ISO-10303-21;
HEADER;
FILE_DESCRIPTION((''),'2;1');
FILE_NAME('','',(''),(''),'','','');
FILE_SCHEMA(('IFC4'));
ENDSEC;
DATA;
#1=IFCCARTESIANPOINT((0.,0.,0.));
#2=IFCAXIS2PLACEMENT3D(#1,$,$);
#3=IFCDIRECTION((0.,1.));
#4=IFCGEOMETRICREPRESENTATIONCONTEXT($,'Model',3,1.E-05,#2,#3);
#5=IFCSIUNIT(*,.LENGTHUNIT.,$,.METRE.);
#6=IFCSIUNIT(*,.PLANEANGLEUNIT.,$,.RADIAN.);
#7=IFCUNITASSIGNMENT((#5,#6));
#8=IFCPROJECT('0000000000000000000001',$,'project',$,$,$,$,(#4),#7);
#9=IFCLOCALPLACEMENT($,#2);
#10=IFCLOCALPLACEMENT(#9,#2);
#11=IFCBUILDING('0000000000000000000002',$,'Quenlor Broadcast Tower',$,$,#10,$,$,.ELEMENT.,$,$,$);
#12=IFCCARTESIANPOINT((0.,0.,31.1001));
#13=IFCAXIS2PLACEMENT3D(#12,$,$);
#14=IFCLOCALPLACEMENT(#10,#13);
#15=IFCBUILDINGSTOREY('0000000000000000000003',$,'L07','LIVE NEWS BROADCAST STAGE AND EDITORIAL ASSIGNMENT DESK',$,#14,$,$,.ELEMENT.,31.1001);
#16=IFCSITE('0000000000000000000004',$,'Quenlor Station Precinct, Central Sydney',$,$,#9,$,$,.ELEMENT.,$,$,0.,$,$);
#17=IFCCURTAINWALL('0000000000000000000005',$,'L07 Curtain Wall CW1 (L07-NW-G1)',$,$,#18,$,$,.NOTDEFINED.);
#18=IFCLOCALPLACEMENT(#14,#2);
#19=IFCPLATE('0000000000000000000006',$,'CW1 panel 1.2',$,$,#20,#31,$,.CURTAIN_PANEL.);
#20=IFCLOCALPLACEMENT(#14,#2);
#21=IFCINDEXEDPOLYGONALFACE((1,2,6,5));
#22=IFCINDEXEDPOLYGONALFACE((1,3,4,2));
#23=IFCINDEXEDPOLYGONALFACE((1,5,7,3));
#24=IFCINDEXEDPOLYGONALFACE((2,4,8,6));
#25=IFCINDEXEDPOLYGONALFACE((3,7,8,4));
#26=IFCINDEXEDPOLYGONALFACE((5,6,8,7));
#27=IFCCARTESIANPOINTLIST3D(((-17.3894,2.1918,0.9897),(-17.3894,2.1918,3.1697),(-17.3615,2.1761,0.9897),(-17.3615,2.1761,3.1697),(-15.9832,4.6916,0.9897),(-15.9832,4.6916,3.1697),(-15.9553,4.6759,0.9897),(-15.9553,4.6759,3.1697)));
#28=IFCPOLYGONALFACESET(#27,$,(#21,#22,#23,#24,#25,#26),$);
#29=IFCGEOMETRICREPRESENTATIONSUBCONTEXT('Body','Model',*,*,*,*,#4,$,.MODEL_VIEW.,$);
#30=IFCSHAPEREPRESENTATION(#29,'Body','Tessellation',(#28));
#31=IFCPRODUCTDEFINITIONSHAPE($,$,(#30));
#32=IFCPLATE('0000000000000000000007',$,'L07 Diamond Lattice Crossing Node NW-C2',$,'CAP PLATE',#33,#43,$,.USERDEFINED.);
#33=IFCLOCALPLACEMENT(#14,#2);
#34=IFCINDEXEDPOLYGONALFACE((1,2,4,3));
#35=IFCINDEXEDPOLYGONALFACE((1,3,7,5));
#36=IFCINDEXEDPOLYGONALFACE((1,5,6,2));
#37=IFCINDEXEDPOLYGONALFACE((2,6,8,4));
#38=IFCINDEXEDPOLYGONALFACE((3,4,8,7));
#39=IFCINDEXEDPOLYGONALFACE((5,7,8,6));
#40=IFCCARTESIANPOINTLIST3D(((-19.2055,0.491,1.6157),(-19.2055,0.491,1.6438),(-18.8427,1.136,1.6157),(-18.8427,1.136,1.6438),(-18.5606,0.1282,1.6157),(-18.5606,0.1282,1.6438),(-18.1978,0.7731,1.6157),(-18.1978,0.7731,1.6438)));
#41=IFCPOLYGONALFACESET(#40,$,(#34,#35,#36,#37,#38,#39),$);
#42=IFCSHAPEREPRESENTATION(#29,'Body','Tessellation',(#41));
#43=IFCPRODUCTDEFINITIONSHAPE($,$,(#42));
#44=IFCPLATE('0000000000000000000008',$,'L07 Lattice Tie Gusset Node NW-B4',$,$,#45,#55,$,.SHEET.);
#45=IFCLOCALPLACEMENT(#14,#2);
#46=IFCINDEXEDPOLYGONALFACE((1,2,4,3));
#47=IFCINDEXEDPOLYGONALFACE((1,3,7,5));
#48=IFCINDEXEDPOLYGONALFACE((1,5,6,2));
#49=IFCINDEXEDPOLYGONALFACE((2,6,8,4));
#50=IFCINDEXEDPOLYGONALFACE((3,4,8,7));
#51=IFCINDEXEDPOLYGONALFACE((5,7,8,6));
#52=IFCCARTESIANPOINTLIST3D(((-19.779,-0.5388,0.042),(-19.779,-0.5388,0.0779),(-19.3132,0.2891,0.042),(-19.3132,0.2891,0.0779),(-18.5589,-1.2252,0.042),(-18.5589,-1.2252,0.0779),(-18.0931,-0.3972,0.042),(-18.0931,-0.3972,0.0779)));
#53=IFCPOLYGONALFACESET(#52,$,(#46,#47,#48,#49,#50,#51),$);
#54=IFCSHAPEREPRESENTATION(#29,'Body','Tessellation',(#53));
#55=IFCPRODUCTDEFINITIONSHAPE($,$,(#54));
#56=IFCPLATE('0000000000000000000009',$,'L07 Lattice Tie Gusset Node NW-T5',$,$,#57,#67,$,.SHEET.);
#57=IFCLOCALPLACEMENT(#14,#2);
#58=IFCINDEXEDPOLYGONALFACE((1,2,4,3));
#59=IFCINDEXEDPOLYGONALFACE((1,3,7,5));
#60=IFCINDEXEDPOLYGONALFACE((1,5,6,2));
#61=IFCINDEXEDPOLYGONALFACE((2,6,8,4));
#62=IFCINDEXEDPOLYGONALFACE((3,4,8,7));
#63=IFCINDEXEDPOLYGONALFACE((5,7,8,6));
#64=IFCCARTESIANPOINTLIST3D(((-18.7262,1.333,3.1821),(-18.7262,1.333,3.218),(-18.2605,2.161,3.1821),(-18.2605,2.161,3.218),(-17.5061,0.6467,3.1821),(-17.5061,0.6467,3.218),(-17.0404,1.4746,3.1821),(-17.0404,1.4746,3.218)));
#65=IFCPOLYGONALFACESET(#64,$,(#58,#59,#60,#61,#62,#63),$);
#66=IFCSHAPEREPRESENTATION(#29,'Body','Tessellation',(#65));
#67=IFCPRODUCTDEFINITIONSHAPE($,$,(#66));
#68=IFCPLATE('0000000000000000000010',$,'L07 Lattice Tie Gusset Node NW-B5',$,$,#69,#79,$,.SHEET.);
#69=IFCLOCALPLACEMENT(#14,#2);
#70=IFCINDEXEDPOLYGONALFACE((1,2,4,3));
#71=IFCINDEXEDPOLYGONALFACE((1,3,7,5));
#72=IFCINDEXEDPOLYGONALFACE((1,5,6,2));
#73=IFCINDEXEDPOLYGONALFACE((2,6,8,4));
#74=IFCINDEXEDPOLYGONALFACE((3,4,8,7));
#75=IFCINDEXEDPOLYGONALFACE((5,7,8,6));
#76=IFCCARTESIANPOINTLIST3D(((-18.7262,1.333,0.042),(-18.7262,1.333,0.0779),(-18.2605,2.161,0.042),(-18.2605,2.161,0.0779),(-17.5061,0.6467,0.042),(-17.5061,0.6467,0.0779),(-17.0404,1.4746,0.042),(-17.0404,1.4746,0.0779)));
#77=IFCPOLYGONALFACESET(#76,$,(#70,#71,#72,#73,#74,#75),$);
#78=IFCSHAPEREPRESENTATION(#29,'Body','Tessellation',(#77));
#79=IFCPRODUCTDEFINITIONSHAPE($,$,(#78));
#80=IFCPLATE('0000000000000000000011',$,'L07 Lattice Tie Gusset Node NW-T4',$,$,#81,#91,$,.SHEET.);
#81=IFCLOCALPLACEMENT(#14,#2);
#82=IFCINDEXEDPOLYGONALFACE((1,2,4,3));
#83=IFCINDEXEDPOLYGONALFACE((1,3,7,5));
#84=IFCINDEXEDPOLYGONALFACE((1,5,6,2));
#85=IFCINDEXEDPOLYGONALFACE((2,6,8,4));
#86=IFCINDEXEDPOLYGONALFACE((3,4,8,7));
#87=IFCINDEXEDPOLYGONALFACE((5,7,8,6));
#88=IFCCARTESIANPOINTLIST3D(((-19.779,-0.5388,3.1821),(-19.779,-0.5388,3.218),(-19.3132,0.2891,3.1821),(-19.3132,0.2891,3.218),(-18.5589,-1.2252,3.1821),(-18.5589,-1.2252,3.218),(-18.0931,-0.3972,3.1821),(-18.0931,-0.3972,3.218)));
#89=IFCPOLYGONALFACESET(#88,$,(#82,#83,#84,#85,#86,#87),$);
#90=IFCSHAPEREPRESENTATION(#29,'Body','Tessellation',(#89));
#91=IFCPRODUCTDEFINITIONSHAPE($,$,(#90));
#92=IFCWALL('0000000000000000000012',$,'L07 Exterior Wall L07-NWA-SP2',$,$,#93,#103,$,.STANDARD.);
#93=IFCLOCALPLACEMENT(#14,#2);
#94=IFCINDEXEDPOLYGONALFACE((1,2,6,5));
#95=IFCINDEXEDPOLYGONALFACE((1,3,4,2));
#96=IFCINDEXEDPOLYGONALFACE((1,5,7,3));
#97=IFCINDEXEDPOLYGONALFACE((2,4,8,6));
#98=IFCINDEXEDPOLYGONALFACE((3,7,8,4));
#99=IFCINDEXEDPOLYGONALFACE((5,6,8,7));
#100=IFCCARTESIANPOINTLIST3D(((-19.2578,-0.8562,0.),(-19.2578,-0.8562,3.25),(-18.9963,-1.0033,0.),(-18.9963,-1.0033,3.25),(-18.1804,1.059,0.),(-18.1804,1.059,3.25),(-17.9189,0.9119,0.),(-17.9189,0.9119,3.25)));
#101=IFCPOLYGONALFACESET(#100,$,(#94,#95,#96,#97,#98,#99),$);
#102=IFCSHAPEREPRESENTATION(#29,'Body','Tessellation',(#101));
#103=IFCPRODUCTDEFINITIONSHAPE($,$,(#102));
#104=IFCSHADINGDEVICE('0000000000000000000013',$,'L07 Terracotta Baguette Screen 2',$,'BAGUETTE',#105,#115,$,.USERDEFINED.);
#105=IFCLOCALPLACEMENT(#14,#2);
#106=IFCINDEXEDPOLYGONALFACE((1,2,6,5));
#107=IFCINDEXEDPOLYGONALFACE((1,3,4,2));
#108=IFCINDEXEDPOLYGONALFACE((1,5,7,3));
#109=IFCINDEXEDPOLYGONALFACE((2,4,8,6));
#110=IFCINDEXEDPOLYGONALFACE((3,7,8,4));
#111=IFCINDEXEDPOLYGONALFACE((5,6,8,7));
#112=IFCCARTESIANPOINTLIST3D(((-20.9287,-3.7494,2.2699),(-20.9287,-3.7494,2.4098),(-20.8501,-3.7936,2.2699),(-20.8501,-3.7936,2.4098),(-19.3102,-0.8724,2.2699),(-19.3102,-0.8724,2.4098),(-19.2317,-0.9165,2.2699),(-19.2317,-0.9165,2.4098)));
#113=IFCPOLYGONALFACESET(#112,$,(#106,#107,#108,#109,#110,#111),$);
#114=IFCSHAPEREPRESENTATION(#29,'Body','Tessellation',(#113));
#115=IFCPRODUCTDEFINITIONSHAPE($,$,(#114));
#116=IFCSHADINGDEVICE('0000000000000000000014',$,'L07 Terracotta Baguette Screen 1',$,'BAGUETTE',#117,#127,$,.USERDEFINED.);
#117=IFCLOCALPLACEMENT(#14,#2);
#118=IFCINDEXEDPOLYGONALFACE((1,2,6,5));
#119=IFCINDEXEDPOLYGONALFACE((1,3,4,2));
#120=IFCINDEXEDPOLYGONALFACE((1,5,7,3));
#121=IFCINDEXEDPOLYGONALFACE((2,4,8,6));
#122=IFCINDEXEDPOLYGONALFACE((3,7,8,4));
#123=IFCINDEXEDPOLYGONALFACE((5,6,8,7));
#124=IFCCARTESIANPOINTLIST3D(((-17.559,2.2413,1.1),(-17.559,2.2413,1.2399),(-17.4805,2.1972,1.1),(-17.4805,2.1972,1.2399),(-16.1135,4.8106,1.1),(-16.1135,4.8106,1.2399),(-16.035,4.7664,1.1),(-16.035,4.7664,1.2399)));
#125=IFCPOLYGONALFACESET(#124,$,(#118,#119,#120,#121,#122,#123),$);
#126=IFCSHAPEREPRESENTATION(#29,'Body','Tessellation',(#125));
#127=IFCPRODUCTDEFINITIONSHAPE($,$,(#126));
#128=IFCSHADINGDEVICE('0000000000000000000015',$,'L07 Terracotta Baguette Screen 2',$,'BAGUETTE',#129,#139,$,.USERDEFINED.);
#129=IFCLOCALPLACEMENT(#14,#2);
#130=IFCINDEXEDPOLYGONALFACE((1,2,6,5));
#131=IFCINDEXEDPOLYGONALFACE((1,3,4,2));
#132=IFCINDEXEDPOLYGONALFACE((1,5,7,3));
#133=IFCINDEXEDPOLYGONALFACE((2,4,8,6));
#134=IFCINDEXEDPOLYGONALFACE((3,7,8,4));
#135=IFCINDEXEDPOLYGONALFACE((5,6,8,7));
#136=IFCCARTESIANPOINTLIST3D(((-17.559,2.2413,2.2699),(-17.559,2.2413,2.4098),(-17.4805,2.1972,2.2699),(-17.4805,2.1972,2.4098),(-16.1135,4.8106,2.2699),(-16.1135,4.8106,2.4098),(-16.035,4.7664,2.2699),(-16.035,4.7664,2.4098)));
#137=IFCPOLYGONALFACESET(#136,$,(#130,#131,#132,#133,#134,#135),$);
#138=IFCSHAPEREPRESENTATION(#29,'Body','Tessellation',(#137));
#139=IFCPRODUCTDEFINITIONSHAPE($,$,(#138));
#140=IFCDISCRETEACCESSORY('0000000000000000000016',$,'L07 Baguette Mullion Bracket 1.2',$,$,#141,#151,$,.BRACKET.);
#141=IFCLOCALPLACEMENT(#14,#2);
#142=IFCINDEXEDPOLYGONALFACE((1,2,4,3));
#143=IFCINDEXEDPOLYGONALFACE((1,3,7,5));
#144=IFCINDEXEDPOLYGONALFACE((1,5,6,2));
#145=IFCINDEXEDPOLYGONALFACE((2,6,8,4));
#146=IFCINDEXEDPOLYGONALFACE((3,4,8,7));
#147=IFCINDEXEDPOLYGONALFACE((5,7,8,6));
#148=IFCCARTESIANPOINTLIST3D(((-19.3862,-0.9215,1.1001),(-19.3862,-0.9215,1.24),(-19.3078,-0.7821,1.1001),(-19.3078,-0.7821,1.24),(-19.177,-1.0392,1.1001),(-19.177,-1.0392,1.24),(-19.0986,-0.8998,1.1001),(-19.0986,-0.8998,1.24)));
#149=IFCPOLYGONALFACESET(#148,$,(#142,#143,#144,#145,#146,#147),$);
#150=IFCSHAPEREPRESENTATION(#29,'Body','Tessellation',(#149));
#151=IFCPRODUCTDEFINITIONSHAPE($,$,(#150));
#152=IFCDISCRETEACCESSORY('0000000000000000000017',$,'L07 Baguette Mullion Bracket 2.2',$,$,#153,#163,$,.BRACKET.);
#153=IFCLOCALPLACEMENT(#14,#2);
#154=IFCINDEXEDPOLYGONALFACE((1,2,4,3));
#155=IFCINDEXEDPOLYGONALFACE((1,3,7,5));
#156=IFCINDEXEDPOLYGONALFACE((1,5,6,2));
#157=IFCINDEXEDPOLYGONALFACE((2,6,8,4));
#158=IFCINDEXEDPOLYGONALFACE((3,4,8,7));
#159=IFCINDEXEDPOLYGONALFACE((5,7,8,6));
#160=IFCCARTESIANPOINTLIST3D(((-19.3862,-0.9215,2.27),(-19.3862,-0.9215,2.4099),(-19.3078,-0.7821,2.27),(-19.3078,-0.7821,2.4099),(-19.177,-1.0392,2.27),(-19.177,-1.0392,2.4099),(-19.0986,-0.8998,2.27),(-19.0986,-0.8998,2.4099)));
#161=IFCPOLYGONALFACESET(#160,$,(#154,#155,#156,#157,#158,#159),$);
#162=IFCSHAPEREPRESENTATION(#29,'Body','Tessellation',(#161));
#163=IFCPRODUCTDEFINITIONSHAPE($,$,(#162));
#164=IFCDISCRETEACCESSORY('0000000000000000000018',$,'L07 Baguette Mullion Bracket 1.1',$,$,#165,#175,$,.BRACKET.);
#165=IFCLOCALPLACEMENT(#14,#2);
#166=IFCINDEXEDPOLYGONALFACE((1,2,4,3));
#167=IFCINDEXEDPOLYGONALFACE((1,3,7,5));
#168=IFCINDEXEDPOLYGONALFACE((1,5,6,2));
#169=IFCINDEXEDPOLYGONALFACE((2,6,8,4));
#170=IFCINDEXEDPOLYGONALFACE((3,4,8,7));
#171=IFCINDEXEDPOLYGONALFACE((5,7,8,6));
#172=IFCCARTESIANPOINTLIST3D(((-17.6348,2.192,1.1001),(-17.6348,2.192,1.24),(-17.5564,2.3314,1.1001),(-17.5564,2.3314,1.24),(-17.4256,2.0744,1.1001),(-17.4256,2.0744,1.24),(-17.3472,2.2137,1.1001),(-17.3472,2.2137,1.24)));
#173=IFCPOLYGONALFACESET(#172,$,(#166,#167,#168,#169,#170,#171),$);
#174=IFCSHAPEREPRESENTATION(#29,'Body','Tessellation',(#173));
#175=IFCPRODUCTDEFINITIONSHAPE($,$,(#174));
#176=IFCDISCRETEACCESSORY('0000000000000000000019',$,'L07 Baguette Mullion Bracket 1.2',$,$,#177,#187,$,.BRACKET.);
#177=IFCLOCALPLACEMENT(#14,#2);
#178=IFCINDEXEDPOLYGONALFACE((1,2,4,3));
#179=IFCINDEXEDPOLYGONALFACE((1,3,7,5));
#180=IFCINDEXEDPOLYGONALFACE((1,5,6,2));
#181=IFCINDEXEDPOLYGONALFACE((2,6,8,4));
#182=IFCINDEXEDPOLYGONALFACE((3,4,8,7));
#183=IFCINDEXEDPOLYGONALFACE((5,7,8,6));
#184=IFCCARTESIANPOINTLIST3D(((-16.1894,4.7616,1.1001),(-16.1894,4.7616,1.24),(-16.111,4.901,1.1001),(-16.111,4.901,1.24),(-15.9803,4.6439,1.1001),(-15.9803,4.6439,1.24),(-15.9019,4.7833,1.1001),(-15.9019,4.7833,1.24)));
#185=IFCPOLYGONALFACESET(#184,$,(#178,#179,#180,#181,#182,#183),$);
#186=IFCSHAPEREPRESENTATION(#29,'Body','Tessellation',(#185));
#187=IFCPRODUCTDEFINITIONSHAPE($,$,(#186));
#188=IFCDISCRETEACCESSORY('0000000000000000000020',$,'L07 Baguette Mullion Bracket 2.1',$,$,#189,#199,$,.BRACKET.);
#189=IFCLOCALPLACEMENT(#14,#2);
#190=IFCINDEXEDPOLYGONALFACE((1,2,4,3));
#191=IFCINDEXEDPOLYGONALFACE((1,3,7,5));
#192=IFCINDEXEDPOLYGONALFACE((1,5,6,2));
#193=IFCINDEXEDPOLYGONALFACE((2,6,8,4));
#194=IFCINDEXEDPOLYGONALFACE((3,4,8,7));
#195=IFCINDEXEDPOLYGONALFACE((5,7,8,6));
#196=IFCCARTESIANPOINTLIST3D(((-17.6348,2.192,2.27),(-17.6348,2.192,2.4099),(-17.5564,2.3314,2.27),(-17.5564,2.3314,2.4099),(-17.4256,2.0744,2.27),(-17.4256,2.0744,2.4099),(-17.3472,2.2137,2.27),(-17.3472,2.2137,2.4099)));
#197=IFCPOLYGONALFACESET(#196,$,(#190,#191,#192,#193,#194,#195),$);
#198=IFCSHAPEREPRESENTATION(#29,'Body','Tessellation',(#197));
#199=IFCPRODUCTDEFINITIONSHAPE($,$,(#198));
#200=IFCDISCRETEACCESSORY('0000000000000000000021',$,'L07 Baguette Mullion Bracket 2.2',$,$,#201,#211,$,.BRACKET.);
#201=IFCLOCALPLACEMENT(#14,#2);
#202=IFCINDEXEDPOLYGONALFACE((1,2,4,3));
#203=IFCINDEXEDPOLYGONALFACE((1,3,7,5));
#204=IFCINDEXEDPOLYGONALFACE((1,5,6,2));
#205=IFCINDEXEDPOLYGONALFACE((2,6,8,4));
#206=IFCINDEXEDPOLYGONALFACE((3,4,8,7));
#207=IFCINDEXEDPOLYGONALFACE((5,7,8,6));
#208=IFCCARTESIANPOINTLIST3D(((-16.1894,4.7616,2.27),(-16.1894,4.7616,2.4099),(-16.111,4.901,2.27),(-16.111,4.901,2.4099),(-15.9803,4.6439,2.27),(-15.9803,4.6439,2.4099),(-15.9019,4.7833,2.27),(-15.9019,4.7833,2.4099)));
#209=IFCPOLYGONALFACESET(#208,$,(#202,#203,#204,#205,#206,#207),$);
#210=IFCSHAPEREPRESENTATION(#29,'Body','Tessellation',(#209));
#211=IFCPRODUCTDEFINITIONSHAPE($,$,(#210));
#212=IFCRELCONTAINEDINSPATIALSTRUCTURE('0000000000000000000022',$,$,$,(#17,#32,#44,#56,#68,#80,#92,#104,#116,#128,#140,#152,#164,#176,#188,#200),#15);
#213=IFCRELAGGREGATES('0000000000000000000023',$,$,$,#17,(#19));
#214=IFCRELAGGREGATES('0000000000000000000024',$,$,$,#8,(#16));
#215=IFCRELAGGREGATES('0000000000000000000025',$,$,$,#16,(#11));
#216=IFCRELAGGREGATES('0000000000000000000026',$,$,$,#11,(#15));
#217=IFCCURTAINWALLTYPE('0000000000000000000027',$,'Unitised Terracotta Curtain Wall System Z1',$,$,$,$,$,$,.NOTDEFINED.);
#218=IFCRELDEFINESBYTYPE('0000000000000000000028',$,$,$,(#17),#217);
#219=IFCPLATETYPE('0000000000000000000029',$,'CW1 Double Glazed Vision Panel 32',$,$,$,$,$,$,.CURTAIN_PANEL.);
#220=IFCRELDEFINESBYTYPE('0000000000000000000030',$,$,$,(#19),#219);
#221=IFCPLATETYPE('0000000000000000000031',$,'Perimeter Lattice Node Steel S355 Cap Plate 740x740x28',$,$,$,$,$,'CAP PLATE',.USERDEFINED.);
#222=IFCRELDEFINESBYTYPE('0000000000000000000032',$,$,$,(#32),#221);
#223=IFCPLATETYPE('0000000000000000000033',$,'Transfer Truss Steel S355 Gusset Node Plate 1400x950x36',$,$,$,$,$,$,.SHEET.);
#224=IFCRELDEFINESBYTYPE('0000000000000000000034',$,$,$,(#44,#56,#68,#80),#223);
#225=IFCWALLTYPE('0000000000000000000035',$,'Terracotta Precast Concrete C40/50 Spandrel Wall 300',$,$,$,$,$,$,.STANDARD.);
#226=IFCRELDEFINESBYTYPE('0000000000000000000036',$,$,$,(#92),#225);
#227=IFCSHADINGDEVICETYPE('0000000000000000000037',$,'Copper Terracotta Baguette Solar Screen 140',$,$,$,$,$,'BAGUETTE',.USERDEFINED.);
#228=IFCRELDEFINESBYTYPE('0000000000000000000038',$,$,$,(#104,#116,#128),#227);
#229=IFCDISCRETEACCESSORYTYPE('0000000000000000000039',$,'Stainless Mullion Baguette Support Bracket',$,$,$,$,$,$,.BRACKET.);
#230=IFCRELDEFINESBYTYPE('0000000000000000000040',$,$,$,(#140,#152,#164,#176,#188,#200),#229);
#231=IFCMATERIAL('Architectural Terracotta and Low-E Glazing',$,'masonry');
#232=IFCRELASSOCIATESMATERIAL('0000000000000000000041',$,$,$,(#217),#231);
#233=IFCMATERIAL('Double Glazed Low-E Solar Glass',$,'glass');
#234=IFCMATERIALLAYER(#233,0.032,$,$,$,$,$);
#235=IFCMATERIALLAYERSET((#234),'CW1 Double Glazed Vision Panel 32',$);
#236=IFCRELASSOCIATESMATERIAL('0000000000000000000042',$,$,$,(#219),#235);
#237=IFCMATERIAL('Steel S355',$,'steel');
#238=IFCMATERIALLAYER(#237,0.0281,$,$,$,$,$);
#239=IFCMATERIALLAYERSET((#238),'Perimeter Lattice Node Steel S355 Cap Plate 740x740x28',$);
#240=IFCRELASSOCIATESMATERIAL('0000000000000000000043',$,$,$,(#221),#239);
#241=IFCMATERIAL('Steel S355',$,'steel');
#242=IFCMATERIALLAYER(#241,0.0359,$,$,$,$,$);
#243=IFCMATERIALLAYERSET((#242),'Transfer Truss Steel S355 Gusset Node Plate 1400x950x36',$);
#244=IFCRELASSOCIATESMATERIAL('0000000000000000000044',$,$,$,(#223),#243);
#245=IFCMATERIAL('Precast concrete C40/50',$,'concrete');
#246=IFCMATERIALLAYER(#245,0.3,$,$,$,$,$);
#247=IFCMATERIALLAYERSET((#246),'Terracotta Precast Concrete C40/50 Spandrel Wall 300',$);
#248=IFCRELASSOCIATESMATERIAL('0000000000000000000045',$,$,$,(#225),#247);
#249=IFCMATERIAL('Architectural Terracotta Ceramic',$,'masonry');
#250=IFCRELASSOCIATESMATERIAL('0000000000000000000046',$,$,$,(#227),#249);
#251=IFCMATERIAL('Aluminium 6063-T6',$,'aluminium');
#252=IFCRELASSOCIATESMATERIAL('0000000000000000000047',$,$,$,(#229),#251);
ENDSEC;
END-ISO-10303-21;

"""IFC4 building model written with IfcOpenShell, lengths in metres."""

from ifc_helpers import new_model, si_unit, direction, frame, frame_2d, origin, origin_2d, place, context, subcontext, project, spatial, rectangle, extrude, material, layer, layer_set, material_profile, profile_set, type_object, element, aggregate, save


model = new_model("IFC4")

# Units and contexts
model_context = context("Model", 3, precision=1e-05, world=origin(), true_north=direction((0.0, 1.0)))
body_context = subcontext(model_context, "Body", "Model", "MODEL_VIEW")
ifc_project = project(units=[si_unit("LENGTHUNIT", "METRE"), si_unit("PLANEANGLEUNIT", "RADIAN")], contexts=[model_context])

# Site, building, storey
site_placement = place(None, origin())
site = spatial("IfcSite", under=ifc_project, at=site_placement, Name="Quenlor Station Precinct, Central Sydney", CompositionType="ELEMENT", RefElevation=0.0)
building_placement = place(site_placement, origin())
building = spatial("IfcBuilding", under=site, at=building_placement, Name="Quenlor Broadcast Tower", CompositionType="ELEMENT")
storey_placement = place(building_placement, frame((0.0, 0.0, 31.1001)))
storey = spatial("IfcBuildingStorey", under=building, at=storey_placement, Name="L07", Description="LIVE NEWS BROADCAST STAGE AND EDITORIAL ASSIGNMENT DESK", CompositionType="ELEMENT", Elevation=31.1001)

# Shared definitions
ifc_material_1 = material(Name="Architectural Terracotta and Low-E Glazing", Category="masonry")
curtain_wall_type = type_object("IfcCurtainWallType", Name="Unitised Terracotta Curtain Wall System Z1", PredefinedType="NOTDEFINED", material=ifc_material_1)

# Curtain wall
curtain_wall_1_placement = place(storey_placement, origin())
curtain_wall_1 = element("IfcCurtainWall", 1, at=curtain_wall_1_placement, inside=storey, type_object=curtain_wall_type, Name="L07 Curtain Wall CW1 (L07-NW-G1)", PredefinedType="NOTDEFINED")

# Plate
ifc_material_2 = material(Name="Double Glazed Low-E Solar Glass", Category="glass")
ifc_layer_1 = layer(ifc_material_2, 0.032)
ifc_layer_set_1 = layer_set([ifc_layer_1], Name="CW1 Double Glazed Vision Panel 32")
plate_type_1 = type_object("IfcPlateType", Name="CW1 Double Glazed Vision Panel 32", PredefinedType="CURTAIN_PANEL", material=ifc_layer_set_1)
plate_1_placement = place(storey_placement, frame((-16.6724, 3.4338, 0.9897), z_axis=(0.0, 0.0, 1.0), x_axis=(0.490274, 0.871568, 0.0)))
plate_1 = element("IfcPlate", 2, at=plate_1_placement, type_object=plate_type_1, Name="CW1 panel 1.2", PredefinedType="CURTAIN_PANEL", context=body_context, shape_type="SweptSolid", body=[
    extrude(rectangle(XDim=2.8682, YDim=0.032, at=origin_2d()), origin(), (0.0, 0.0, 1.0), 2.1799),
])
aggregate(curtain_wall_1, [plate_1])

# Plates
ifc_material_3 = material(Name="Steel S355", Category="steel")
ifc_layer_2 = layer(ifc_material_3, 0.0281)
ifc_layer_set_2 = layer_set([ifc_layer_2], Name="Perimeter Lattice Node Steel S355 Cap Plate 740x740x28")
plate_type_2 = type_object("IfcPlateType", Name="Perimeter Lattice Node Steel S355 Cap Plate 740x740x28", ElementType="CAP PLATE", PredefinedType="USERDEFINED", material=ifc_layer_set_2)
plate_2_placement = place(storey_placement, frame((-18.7017, 0.6321, 1.6157), z_axis=(0.0, 0.0, 1.0), x_axis=(0.490295, 0.871556, 0.0)))
element("IfcPlate", 3, at=plate_2_placement, inside=storey, type_object=plate_type_2, Name="L07 Diamond Lattice Crossing Node NW-C2", ObjectType="CAP PLATE", PredefinedType="USERDEFINED", context=body_context, shape_type="SweptSolid", body=[
    extrude(rectangle(XDim=0.74, YDim=0.74, at=origin_2d()), origin(), (0.0, 0.0, 1.0), 0.0281),
])
ifc_material_4 = material(Name="Steel S355", Category="steel")
ifc_layer_3 = layer(ifc_material_4, 0.0359)
ifc_layer_set_3 = layer_set([ifc_layer_3], Name="Transfer Truss Steel S355 Gusset Node Plate 1400x950x36")
plate_type_3 = type_object("IfcPlateType", Name="Transfer Truss Steel S355 Gusset Node Plate 1400x950x36", PredefinedType="SHEET", material=ifc_layer_set_3)
for number, where, z_axis, x_axis, name in (
    (4, (-18.936, -0.468, 0.042), (0.0, 0.0, 1.0), (-0.871556, 0.490295, 0.0), "L07 Lattice Tie Gusset Node NW-B4"),
    (5, (-17.8833, 1.4038, 3.1821), (0.0, 0.0, 1.0), (-0.871556, 0.490295, 0.0), "L07 Lattice Tie Gusset Node NW-T5"),
    (6, (-17.8833, 1.4038, 0.042), (0.0, 0.0, 1.0), (-0.871556, 0.490295, 0.0), "L07 Lattice Tie Gusset Node NW-B5"),
    (7, (-18.936, -0.468, 3.1821), (0.0, 0.0, 1.0), (-0.871556, 0.490295, 0.0), "L07 Lattice Tie Gusset Node NW-T4"),
):
    element("IfcPlate", number, at=place(storey_placement, frame(where, z_axis=z_axis, x_axis=x_axis)), inside=storey, type_object=plate_type_3, Name=name, PredefinedType="SHEET", context=body_context, shape_type="SweptSolid", body=[
        extrude(rectangle(XDim=1.3999, YDim=0.95, at=origin_2d()), origin(), (0.0, 0.0, 1.0), 0.0359),
    ])

# Wall
ifc_material_5 = material(Name="Precast concrete C40/50", Category="concrete")
ifc_layer_4 = layer(ifc_material_5, 0.3)
ifc_layer_set_4 = layer_set([ifc_layer_4], Name="Terracotta Precast Concrete C40/50 Spandrel Wall 300")
wall_type = type_object("IfcWallType", Name="Terracotta Precast Concrete C40/50 Spandrel Wall 300", PredefinedType="STANDARD", material=ifc_layer_set_4)
wall_placement = place(storey_placement, frame((-19.127, -0.9297, 0.0), z_axis=(0.0, 0.0, 1.0), x_axis=(0.490277, 0.871567, 0.0)))
element("IfcWall", 8, at=wall_placement, inside=storey, type_object=wall_type, Name="L07 Exterior Wall L07-NWA-SP2", PredefinedType="STANDARD", context=body_context, shape_type="SweptSolid", body=[
    extrude(rectangle(XDim=2.1975, YDim=0.3, at=frame_2d((1.0986, 0.0))), origin(), (0.0, 0.0, 1.0), 3.25),
])

# Shading devices
ifc_material_6 = material(Name="Architectural Terracotta Ceramic", Category="masonry")
ifc_material_profile_1 = material_profile(ifc_material_6, rectangle(XDim=0.0901, YDim=0.1399, at=origin_2d()))
ifc_profile_set_1 = profile_set([ifc_material_profile_1], Name="Architectural Terracotta Ceramic BAG90x140")
shading_device_type = type_object("IfcShadingDeviceType", Name="Copper Terracotta Baguette Solar Screen 140", ElementType="BAGUETTE", PredefinedType="USERDEFINED", material=ifc_profile_set_1)
shading_device_placement = place(storey_placement, frame((-20.8894, -3.7715, 2.3398), z_axis=(0.490289, 0.87156, 0.0), x_axis=(-0.87156, 0.490289, 0.0)))
element("IfcShadingDevice", 9, at=shading_device_placement, inside=storey, type_object=shading_device_type, Name="L07 Terracotta Baguette Screen 2", ObjectType="BAGUETTE", PredefinedType="USERDEFINED", context=body_context, shape_type="SweptSolid", body=[
    extrude(rectangle(XDim=0.0901, YDim=0.1399, at=origin_2d()), origin(), (0.0, 0.0, 1.0), 3.301),
])
for number, where, z_axis, x_axis, name in (
    (10, (-17.5198, 2.2192, 1.1699), (0.49034, 0.871531, 0.0), (-0.871531, 0.49034, 0.0), "L07 Terracotta Baguette Screen 1"),
    (11, (-17.5198, 2.2192, 2.3398), (0.49034, 0.871531, 0.0), (-0.871531, 0.49034, 0.0), "L07 Terracotta Baguette Screen 2"),
):
    element("IfcShadingDevice", number, at=place(storey_placement, frame(where, z_axis=z_axis, x_axis=x_axis)), inside=storey, type_object=shading_device_type, Name=name, ObjectType="BAGUETTE", PredefinedType="USERDEFINED", context=body_context, shape_type="SweptSolid", body=[
        extrude(rectangle(XDim=0.0901, YDim=0.1399, at=origin_2d()), origin(), (0.0, 0.0, 1.0), 2.948),
    ])

# Discrete accessories
ifc_material_7 = material(Name="Aluminium 6063-T6", Category="aluminium")
discrete_accessory_type = type_object("IfcDiscreteAccessoryType", Name="Stainless Mullion Baguette Support Bracket", PredefinedType="BRACKET", material=ifc_material_7)
for number, where, z_axis, x_axis, name in (
    (12, (-19.2424, -0.9106, 1.1001), (0.0, 0.0, 1.0), (0.490257, 0.871578, 0.0), "L07 Baguette Mullion Bracket 1.2"),
    (13, (-19.2424, -0.9106, 2.27), (0.0, 0.0, 1.0), (0.490257, 0.871578, 0.0), "L07 Baguette Mullion Bracket 2.2"),
    (14, (-17.491, 2.2029, 1.1001), (0.0, 0.0, 1.0), (0.490274, 0.871568, 0.0), "L07 Baguette Mullion Bracket 1.1"),
    (15, (-16.0457, 4.7725, 1.1001), (0.0, 0.0, 1.0), (0.490274, 0.871568, 0.0), "L07 Baguette Mullion Bracket 1.2"),
    (16, (-17.491, 2.2029, 2.27), (0.0, 0.0, 1.0), (0.490274, 0.871568, 0.0), "L07 Baguette Mullion Bracket 2.1"),
    (17, (-16.0457, 4.7725, 2.27), (0.0, 0.0, 1.0), (0.490274, 0.871568, 0.0), "L07 Baguette Mullion Bracket 2.2"),
):
    element("IfcDiscreteAccessory", number, at=place(storey_placement, frame(where, z_axis=z_axis, x_axis=x_axis)), inside=storey, type_object=discrete_accessory_type, Name=name, PredefinedType="BRACKET", context=body_context, shape_type="SweptSolid", body=[
        extrude(rectangle(XDim=0.1599, YDim=0.24, at=origin_2d()), origin(), (0.0, 0.0, 1.0), 0.1399),
    ])

save(model, "model.ifc")
